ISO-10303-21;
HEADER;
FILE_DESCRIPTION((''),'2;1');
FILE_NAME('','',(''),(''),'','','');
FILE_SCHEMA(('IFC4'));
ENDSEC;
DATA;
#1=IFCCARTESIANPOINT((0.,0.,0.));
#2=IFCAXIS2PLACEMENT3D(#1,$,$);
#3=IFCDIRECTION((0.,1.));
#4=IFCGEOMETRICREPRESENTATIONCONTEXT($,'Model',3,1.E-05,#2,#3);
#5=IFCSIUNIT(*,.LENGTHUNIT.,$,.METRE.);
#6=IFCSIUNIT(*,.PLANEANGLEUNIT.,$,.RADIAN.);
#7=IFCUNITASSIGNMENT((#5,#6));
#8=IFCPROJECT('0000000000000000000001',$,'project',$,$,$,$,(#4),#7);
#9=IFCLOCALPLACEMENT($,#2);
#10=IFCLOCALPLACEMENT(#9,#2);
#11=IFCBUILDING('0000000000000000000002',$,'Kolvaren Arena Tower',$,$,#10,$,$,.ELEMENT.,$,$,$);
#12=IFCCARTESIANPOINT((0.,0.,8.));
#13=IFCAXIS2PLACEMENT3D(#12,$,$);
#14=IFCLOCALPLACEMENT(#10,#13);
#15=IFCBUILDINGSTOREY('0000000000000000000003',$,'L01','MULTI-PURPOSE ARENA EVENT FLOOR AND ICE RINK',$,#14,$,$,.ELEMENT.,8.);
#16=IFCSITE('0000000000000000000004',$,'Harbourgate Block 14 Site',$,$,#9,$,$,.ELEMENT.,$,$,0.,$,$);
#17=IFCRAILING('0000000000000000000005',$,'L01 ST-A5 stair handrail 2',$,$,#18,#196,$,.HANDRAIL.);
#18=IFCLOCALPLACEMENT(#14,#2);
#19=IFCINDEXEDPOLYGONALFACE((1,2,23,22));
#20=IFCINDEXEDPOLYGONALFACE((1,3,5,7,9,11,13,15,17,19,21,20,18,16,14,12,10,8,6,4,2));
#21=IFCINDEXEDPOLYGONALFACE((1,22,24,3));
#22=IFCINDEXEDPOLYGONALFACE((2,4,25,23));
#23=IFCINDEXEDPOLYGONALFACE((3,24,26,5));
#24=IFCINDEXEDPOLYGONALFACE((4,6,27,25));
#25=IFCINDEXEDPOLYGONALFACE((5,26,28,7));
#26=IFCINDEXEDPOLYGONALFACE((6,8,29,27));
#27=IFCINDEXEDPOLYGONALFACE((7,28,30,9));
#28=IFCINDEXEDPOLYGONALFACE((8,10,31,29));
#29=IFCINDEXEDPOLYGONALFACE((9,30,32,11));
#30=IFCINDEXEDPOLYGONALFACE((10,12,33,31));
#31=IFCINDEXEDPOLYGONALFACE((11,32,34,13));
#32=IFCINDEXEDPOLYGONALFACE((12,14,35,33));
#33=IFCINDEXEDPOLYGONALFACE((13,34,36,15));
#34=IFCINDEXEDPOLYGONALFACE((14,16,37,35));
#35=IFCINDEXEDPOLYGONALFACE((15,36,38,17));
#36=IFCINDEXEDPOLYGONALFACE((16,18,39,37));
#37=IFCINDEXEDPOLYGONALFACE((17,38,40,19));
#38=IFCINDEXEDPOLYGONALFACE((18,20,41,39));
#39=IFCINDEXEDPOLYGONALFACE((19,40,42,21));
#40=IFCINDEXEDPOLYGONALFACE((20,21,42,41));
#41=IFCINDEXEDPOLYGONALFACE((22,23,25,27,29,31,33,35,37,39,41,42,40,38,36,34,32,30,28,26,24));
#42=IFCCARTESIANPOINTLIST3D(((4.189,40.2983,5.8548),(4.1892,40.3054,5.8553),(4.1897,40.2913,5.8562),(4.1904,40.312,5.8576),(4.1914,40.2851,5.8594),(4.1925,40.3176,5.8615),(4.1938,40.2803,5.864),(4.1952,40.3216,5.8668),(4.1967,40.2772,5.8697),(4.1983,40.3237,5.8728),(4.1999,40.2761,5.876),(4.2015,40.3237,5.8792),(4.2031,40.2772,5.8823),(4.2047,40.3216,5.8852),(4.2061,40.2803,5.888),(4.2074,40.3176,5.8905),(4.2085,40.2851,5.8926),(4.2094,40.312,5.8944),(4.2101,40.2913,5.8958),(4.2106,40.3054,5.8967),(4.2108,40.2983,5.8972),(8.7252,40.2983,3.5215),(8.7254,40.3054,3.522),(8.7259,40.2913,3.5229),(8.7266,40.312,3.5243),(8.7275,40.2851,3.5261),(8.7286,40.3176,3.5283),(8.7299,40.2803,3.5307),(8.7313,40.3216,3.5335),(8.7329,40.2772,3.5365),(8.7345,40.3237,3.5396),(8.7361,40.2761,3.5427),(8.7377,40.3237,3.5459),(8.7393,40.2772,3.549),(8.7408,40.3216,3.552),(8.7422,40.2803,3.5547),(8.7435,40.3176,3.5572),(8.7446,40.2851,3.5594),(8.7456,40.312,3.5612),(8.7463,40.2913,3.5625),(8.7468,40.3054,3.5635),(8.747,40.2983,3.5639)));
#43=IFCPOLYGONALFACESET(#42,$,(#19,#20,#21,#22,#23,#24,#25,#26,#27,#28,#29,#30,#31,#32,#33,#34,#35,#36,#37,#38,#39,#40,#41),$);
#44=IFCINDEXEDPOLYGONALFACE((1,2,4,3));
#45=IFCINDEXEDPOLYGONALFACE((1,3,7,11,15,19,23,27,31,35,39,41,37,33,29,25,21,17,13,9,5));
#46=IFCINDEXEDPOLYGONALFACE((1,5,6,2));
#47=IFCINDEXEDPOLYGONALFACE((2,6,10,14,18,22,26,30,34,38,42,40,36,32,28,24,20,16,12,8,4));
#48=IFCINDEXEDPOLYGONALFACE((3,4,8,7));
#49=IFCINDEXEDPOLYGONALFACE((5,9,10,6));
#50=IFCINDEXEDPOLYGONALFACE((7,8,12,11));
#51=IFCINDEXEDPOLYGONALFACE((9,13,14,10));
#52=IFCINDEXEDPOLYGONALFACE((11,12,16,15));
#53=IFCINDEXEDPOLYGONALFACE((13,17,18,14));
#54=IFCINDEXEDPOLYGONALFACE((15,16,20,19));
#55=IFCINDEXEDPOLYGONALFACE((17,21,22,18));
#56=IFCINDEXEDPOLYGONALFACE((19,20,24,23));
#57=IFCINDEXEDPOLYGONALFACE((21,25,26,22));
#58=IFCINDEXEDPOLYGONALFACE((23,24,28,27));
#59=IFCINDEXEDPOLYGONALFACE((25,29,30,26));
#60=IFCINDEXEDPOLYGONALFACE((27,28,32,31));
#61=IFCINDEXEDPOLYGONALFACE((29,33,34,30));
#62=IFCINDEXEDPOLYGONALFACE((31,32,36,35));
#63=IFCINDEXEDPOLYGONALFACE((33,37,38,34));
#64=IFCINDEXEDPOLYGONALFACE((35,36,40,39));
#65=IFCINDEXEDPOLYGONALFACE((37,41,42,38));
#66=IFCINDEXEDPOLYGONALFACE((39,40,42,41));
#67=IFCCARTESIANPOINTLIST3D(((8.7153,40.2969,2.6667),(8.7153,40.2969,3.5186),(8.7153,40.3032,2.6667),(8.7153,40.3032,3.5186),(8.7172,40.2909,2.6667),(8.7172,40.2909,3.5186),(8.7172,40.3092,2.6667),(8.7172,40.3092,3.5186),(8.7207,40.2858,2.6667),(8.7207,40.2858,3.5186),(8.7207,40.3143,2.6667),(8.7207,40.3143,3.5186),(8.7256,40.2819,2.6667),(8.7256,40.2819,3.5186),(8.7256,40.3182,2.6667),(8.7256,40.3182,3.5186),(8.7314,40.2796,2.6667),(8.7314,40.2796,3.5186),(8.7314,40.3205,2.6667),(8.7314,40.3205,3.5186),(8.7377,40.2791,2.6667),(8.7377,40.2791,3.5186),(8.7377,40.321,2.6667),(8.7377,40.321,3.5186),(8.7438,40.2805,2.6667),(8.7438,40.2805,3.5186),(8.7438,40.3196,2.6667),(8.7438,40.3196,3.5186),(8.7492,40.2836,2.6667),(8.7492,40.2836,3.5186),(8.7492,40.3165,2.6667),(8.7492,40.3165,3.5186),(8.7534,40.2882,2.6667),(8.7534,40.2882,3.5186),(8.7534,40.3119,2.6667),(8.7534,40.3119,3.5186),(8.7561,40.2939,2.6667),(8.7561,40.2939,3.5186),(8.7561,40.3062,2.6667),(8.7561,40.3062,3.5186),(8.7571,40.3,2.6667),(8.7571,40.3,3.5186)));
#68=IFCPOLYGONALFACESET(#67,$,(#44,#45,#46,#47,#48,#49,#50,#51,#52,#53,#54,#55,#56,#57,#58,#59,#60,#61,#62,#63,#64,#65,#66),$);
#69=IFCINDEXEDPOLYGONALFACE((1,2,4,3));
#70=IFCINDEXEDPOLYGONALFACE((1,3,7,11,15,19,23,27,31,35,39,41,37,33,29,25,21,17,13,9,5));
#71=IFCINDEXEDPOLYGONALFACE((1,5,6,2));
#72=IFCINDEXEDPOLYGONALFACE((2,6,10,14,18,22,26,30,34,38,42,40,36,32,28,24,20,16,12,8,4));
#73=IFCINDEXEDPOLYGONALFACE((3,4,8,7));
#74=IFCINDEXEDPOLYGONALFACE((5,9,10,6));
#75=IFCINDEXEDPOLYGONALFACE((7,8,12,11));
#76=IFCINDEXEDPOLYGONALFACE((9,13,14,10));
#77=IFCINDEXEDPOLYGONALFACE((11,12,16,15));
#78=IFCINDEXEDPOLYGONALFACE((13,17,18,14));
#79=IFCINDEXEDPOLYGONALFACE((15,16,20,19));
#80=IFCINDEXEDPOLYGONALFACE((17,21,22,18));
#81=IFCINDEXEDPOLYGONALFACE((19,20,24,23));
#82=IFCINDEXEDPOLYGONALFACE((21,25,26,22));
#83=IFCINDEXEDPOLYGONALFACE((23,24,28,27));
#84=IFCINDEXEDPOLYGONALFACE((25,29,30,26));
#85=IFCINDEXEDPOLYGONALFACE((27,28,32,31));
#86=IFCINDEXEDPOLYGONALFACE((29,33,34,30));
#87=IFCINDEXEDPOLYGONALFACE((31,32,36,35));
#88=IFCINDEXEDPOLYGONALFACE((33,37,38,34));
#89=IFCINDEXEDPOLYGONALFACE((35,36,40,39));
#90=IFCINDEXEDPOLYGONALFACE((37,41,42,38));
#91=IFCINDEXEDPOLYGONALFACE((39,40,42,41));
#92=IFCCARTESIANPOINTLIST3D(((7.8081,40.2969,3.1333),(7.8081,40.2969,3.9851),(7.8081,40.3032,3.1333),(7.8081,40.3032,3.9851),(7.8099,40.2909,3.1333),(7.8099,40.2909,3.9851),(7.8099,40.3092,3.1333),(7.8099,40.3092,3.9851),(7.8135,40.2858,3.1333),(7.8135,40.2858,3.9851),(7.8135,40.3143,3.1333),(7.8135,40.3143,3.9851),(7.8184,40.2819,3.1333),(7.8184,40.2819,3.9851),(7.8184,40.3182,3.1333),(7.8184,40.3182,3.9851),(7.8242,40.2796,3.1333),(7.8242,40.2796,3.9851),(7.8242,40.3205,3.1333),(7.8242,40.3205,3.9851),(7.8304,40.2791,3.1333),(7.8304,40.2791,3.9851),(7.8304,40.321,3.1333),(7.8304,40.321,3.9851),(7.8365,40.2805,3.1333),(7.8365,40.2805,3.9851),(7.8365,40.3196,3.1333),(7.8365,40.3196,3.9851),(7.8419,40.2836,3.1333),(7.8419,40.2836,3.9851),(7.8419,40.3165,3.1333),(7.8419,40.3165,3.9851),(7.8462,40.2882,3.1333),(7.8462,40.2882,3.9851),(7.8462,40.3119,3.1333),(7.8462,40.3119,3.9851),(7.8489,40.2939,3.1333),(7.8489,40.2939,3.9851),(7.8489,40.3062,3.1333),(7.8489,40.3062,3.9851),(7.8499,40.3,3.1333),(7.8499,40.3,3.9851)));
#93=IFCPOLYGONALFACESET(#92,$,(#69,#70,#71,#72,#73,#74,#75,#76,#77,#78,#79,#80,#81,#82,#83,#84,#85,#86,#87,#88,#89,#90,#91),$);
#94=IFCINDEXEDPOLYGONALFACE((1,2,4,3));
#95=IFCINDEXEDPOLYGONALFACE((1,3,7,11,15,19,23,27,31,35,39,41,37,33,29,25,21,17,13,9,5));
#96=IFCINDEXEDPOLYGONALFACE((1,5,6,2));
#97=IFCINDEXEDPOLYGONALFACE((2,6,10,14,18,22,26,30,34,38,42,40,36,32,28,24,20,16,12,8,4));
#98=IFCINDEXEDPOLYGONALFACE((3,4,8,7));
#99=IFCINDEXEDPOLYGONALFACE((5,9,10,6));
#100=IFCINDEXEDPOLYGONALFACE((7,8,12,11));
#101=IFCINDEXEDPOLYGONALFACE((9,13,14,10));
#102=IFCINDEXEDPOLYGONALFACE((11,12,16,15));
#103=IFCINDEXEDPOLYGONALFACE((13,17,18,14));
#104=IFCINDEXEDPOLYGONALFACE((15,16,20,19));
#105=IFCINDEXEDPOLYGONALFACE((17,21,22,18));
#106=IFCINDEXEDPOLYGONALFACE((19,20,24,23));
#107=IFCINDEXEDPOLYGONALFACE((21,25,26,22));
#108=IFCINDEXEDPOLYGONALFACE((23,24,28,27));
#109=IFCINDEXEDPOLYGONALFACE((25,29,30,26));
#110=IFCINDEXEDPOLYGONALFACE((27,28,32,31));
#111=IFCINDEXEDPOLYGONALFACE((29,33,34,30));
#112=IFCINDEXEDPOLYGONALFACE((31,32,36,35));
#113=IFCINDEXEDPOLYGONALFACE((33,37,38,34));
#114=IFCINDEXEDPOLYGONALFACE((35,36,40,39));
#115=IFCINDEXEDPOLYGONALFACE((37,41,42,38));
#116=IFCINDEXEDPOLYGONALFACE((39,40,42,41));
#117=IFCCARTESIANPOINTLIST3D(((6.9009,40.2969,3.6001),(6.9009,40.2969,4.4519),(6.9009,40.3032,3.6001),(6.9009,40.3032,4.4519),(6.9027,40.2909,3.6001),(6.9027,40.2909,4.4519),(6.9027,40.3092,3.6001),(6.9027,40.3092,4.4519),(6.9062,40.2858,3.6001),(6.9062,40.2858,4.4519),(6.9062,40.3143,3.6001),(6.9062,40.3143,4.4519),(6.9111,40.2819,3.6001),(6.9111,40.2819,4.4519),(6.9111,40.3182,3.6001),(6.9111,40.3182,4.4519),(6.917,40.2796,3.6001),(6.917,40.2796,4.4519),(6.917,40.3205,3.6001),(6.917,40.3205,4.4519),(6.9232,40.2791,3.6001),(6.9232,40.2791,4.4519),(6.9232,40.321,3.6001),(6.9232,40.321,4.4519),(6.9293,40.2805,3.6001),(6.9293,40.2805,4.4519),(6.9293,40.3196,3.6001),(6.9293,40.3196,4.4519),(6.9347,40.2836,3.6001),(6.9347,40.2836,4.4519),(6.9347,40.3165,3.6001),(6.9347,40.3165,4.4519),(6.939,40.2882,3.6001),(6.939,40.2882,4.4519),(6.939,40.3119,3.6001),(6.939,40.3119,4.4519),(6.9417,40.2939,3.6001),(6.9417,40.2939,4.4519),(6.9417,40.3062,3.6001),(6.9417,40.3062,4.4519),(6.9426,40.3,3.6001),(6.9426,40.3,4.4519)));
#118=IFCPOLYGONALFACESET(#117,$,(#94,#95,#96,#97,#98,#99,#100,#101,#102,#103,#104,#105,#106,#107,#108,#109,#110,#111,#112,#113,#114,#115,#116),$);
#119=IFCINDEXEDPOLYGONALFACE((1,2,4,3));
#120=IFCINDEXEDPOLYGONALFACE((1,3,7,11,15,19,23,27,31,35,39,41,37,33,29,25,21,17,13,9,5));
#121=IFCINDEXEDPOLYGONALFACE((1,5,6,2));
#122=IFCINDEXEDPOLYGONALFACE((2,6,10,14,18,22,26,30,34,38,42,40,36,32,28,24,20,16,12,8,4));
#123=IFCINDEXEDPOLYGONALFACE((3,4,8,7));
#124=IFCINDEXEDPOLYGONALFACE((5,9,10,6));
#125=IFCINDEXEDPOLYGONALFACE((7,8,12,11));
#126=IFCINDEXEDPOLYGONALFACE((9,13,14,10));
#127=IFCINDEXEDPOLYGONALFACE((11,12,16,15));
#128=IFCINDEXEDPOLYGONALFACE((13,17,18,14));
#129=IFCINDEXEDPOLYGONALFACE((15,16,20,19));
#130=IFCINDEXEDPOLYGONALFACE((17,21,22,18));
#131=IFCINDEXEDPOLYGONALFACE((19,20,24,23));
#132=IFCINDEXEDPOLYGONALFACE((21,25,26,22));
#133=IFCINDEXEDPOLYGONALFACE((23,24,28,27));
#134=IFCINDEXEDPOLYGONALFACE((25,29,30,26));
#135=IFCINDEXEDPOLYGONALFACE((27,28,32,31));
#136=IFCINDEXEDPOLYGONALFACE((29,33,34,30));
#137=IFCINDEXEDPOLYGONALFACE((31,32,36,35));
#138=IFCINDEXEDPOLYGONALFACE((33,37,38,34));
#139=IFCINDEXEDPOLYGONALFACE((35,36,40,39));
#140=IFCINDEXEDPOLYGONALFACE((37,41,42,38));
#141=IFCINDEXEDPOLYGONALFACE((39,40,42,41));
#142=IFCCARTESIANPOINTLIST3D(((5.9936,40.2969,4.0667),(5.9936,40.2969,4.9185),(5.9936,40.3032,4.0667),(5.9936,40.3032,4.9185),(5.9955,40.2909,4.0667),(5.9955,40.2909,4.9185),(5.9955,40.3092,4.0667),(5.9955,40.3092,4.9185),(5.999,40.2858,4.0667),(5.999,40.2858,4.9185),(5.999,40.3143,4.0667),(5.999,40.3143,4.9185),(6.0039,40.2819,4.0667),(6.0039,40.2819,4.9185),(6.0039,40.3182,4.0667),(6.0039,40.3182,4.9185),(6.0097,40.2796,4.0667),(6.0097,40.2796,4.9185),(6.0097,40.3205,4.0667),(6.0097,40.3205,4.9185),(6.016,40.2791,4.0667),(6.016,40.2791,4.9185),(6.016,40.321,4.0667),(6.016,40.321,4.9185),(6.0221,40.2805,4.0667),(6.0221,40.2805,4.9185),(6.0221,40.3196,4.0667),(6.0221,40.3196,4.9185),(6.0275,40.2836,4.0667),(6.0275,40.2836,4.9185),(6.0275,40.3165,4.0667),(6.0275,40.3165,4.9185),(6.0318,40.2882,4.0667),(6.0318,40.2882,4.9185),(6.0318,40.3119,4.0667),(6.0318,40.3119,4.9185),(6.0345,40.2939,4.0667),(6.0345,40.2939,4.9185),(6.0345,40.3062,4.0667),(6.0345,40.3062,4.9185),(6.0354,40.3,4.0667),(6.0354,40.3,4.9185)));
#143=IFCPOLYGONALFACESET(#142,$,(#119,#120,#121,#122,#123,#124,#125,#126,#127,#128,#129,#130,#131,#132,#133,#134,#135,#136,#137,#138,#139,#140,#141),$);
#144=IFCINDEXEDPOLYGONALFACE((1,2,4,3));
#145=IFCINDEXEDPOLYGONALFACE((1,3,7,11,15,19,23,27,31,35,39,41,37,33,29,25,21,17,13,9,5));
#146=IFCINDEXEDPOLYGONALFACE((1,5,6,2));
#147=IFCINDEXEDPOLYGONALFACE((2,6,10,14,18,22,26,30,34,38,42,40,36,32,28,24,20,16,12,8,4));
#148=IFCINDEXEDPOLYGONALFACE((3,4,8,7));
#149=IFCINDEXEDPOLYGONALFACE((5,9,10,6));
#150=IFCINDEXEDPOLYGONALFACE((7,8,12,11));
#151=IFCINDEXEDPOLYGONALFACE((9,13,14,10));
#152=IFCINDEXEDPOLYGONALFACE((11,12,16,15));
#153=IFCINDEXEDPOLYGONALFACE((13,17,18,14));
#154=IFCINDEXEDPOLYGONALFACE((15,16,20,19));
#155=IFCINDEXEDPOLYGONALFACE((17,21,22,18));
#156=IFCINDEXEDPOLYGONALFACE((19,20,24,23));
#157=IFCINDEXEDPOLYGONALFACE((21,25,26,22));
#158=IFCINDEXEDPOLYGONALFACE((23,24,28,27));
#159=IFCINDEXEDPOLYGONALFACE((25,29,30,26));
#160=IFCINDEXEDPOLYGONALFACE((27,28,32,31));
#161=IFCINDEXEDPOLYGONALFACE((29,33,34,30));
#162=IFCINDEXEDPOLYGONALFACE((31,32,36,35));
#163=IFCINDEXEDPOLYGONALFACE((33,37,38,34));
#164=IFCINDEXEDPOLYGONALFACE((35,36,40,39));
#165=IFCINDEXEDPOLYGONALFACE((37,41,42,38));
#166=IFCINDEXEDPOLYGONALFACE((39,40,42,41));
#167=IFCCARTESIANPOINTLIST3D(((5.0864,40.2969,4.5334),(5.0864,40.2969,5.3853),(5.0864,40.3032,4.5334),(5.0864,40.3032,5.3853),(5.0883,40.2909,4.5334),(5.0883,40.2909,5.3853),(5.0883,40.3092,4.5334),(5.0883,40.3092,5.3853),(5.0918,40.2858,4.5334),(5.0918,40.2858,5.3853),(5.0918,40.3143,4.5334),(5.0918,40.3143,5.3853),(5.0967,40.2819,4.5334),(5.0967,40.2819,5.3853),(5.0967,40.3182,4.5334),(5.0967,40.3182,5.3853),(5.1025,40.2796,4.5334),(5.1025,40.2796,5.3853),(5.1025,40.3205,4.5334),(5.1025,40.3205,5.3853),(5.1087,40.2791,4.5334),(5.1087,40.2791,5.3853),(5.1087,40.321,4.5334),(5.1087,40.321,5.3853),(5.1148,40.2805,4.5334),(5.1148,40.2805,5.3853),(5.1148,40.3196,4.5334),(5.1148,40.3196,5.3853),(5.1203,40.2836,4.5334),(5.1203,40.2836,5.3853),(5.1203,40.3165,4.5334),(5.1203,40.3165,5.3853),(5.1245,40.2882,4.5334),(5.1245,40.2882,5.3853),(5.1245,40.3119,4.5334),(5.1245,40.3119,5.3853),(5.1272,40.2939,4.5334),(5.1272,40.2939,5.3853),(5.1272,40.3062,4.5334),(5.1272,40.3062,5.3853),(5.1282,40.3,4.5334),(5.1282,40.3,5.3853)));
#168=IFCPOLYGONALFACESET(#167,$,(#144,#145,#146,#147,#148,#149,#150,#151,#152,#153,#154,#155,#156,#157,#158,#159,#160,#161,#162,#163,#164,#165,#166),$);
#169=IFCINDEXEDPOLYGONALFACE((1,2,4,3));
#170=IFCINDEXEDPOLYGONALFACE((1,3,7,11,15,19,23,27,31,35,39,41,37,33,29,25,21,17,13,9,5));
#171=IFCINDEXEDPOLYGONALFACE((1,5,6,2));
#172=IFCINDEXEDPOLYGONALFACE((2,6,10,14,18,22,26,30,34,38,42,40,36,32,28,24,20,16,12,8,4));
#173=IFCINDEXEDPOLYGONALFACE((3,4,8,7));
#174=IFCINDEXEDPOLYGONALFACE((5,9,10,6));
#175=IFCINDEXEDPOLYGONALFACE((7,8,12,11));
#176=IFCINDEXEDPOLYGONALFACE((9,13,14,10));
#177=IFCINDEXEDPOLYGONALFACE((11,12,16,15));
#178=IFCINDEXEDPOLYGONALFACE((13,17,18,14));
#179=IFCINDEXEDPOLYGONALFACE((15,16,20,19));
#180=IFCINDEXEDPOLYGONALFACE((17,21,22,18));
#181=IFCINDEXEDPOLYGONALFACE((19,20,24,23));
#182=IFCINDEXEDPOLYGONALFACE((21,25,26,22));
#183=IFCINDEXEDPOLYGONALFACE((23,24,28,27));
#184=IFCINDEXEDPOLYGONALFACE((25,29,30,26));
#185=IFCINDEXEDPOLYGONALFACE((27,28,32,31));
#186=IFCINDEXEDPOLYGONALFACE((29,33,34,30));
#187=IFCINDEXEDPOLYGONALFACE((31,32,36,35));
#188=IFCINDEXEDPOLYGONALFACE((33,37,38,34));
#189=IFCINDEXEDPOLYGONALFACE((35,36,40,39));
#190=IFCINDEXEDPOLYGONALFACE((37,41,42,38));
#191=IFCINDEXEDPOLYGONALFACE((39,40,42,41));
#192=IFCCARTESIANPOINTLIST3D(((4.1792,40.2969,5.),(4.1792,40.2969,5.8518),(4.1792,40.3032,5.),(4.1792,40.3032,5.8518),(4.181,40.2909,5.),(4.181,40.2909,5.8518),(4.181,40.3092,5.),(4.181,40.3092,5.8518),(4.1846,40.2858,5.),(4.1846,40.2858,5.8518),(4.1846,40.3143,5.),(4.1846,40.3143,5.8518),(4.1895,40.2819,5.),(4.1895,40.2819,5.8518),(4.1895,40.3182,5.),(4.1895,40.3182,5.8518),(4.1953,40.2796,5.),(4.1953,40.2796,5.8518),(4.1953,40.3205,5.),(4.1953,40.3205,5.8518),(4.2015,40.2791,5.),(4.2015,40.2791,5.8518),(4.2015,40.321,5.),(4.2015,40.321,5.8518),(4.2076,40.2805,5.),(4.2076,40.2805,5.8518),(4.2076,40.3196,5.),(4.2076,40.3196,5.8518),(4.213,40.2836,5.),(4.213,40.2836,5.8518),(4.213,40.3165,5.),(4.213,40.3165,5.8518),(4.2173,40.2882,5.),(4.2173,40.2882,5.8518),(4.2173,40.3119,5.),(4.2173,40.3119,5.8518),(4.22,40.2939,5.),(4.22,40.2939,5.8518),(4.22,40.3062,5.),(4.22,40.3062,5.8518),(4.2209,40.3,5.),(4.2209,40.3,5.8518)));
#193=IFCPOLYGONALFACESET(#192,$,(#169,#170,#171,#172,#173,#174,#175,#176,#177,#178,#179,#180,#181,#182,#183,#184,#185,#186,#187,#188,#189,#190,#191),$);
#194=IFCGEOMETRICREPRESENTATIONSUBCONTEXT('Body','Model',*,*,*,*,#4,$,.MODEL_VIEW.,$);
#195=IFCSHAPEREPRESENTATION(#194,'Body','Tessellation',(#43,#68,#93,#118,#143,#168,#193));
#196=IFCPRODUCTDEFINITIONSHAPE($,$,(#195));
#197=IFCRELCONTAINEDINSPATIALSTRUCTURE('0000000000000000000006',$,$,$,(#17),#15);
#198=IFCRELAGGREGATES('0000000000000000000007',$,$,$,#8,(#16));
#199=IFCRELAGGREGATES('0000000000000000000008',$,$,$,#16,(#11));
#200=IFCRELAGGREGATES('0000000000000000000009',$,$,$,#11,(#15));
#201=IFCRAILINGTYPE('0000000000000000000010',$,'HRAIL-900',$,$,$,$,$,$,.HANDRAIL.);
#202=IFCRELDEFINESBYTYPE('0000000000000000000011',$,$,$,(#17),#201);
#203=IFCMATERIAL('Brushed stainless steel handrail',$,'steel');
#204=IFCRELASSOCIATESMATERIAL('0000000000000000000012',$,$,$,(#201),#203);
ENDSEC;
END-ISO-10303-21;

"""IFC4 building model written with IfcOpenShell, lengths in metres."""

from ifc_helpers import new_model, si_unit, direction, frame, origin, origin_2d, place, context, subcontext, project, spatial, circle, extrude, material, type_object, element, save


model = new_model("IFC4")

# Units and contexts
model_context = context("Model", 3, precision=1e-05, world=origin(), true_north=direction((0.0, 1.0)))
body_context = subcontext(model_context, "Body", "Model", "MODEL_VIEW")
ifc_project = project(units=[si_unit("LENGTHUNIT", "METRE"), si_unit("PLANEANGLEUNIT", "RADIAN")], contexts=[model_context])

# Site, building, storey
site_placement = place(None, origin())
site = spatial("IfcSite", under=ifc_project, at=site_placement, Name="Harbourgate Block 14 Site", CompositionType="ELEMENT", RefElevation=0.0)
building_placement = place(site_placement, origin())
building = spatial("IfcBuilding", under=site, at=building_placement, Name="Kolvaren Arena Tower", CompositionType="ELEMENT")
storey_placement = place(building_placement, frame((0.0, 0.0, 8.0)))
storey = spatial("IfcBuildingStorey", under=building, at=storey_placement, Name="L01", Description="MULTI-PURPOSE ARENA EVENT FLOOR AND ICE RINK", CompositionType="ELEMENT", Elevation=8.0)

# Railing
ifc_material_1 = material(Name="Brushed stainless steel handrail", Category="steel")
railing_type_1 = type_object("IfcRailingType", Name="HRAIL-900", PredefinedType="HANDRAIL", material=ifc_material_1)
railing_1_placement = place(storey_placement, frame((8.7361, 40.3, 2.6667)))
element("IfcRailing", 1, at=railing_1_placement, inside=storey, type_object=railing_type_1, Name="L01 ST-A5 stair handrail 2", PredefinedType="HANDRAIL", context=body_context, shape_type="SweptSolid", body=[
    extrude(circle(Radius=0.0239, at=origin_2d()), frame((0.0, 0.0, 0.876), z_axis=(-0.889257, 0.0, 0.457407), x_axis=(0.0, -1.0, 0.0)), (0.0, 0.0, 1.0), 5.1011),
    extrude(circle(Radius=0.021, at=origin_2d()), origin(), (0.0, 0.0, 1.0), 0.8518),
    extrude(circle(Radius=0.021, at=origin_2d()), frame((-0.9072, 0.0, 0.4666)), (0.0, 0.0, 1.0), 0.8518),
    extrude(circle(Radius=0.021, at=origin_2d()), frame((-1.8145, 0.0, 0.9333)), (0.0, 0.0, 1.0), 0.8518),
    extrude(circle(Radius=0.021, at=origin_2d()), frame((-2.7217, 0.0, 1.3999)), (0.0, 0.0, 1.0), 0.8518),
    extrude(circle(Radius=0.021, at=origin_2d()), frame((-3.6289, 0.0, 1.8667)), (0.0, 0.0, 1.0), 0.8518),
    extrude(circle(Radius=0.021, at=origin_2d()), frame((-4.5361, 0.0, 2.3333)), (0.0, 0.0, 1.0), 0.8518),
])

save(model, "model.ifc")
